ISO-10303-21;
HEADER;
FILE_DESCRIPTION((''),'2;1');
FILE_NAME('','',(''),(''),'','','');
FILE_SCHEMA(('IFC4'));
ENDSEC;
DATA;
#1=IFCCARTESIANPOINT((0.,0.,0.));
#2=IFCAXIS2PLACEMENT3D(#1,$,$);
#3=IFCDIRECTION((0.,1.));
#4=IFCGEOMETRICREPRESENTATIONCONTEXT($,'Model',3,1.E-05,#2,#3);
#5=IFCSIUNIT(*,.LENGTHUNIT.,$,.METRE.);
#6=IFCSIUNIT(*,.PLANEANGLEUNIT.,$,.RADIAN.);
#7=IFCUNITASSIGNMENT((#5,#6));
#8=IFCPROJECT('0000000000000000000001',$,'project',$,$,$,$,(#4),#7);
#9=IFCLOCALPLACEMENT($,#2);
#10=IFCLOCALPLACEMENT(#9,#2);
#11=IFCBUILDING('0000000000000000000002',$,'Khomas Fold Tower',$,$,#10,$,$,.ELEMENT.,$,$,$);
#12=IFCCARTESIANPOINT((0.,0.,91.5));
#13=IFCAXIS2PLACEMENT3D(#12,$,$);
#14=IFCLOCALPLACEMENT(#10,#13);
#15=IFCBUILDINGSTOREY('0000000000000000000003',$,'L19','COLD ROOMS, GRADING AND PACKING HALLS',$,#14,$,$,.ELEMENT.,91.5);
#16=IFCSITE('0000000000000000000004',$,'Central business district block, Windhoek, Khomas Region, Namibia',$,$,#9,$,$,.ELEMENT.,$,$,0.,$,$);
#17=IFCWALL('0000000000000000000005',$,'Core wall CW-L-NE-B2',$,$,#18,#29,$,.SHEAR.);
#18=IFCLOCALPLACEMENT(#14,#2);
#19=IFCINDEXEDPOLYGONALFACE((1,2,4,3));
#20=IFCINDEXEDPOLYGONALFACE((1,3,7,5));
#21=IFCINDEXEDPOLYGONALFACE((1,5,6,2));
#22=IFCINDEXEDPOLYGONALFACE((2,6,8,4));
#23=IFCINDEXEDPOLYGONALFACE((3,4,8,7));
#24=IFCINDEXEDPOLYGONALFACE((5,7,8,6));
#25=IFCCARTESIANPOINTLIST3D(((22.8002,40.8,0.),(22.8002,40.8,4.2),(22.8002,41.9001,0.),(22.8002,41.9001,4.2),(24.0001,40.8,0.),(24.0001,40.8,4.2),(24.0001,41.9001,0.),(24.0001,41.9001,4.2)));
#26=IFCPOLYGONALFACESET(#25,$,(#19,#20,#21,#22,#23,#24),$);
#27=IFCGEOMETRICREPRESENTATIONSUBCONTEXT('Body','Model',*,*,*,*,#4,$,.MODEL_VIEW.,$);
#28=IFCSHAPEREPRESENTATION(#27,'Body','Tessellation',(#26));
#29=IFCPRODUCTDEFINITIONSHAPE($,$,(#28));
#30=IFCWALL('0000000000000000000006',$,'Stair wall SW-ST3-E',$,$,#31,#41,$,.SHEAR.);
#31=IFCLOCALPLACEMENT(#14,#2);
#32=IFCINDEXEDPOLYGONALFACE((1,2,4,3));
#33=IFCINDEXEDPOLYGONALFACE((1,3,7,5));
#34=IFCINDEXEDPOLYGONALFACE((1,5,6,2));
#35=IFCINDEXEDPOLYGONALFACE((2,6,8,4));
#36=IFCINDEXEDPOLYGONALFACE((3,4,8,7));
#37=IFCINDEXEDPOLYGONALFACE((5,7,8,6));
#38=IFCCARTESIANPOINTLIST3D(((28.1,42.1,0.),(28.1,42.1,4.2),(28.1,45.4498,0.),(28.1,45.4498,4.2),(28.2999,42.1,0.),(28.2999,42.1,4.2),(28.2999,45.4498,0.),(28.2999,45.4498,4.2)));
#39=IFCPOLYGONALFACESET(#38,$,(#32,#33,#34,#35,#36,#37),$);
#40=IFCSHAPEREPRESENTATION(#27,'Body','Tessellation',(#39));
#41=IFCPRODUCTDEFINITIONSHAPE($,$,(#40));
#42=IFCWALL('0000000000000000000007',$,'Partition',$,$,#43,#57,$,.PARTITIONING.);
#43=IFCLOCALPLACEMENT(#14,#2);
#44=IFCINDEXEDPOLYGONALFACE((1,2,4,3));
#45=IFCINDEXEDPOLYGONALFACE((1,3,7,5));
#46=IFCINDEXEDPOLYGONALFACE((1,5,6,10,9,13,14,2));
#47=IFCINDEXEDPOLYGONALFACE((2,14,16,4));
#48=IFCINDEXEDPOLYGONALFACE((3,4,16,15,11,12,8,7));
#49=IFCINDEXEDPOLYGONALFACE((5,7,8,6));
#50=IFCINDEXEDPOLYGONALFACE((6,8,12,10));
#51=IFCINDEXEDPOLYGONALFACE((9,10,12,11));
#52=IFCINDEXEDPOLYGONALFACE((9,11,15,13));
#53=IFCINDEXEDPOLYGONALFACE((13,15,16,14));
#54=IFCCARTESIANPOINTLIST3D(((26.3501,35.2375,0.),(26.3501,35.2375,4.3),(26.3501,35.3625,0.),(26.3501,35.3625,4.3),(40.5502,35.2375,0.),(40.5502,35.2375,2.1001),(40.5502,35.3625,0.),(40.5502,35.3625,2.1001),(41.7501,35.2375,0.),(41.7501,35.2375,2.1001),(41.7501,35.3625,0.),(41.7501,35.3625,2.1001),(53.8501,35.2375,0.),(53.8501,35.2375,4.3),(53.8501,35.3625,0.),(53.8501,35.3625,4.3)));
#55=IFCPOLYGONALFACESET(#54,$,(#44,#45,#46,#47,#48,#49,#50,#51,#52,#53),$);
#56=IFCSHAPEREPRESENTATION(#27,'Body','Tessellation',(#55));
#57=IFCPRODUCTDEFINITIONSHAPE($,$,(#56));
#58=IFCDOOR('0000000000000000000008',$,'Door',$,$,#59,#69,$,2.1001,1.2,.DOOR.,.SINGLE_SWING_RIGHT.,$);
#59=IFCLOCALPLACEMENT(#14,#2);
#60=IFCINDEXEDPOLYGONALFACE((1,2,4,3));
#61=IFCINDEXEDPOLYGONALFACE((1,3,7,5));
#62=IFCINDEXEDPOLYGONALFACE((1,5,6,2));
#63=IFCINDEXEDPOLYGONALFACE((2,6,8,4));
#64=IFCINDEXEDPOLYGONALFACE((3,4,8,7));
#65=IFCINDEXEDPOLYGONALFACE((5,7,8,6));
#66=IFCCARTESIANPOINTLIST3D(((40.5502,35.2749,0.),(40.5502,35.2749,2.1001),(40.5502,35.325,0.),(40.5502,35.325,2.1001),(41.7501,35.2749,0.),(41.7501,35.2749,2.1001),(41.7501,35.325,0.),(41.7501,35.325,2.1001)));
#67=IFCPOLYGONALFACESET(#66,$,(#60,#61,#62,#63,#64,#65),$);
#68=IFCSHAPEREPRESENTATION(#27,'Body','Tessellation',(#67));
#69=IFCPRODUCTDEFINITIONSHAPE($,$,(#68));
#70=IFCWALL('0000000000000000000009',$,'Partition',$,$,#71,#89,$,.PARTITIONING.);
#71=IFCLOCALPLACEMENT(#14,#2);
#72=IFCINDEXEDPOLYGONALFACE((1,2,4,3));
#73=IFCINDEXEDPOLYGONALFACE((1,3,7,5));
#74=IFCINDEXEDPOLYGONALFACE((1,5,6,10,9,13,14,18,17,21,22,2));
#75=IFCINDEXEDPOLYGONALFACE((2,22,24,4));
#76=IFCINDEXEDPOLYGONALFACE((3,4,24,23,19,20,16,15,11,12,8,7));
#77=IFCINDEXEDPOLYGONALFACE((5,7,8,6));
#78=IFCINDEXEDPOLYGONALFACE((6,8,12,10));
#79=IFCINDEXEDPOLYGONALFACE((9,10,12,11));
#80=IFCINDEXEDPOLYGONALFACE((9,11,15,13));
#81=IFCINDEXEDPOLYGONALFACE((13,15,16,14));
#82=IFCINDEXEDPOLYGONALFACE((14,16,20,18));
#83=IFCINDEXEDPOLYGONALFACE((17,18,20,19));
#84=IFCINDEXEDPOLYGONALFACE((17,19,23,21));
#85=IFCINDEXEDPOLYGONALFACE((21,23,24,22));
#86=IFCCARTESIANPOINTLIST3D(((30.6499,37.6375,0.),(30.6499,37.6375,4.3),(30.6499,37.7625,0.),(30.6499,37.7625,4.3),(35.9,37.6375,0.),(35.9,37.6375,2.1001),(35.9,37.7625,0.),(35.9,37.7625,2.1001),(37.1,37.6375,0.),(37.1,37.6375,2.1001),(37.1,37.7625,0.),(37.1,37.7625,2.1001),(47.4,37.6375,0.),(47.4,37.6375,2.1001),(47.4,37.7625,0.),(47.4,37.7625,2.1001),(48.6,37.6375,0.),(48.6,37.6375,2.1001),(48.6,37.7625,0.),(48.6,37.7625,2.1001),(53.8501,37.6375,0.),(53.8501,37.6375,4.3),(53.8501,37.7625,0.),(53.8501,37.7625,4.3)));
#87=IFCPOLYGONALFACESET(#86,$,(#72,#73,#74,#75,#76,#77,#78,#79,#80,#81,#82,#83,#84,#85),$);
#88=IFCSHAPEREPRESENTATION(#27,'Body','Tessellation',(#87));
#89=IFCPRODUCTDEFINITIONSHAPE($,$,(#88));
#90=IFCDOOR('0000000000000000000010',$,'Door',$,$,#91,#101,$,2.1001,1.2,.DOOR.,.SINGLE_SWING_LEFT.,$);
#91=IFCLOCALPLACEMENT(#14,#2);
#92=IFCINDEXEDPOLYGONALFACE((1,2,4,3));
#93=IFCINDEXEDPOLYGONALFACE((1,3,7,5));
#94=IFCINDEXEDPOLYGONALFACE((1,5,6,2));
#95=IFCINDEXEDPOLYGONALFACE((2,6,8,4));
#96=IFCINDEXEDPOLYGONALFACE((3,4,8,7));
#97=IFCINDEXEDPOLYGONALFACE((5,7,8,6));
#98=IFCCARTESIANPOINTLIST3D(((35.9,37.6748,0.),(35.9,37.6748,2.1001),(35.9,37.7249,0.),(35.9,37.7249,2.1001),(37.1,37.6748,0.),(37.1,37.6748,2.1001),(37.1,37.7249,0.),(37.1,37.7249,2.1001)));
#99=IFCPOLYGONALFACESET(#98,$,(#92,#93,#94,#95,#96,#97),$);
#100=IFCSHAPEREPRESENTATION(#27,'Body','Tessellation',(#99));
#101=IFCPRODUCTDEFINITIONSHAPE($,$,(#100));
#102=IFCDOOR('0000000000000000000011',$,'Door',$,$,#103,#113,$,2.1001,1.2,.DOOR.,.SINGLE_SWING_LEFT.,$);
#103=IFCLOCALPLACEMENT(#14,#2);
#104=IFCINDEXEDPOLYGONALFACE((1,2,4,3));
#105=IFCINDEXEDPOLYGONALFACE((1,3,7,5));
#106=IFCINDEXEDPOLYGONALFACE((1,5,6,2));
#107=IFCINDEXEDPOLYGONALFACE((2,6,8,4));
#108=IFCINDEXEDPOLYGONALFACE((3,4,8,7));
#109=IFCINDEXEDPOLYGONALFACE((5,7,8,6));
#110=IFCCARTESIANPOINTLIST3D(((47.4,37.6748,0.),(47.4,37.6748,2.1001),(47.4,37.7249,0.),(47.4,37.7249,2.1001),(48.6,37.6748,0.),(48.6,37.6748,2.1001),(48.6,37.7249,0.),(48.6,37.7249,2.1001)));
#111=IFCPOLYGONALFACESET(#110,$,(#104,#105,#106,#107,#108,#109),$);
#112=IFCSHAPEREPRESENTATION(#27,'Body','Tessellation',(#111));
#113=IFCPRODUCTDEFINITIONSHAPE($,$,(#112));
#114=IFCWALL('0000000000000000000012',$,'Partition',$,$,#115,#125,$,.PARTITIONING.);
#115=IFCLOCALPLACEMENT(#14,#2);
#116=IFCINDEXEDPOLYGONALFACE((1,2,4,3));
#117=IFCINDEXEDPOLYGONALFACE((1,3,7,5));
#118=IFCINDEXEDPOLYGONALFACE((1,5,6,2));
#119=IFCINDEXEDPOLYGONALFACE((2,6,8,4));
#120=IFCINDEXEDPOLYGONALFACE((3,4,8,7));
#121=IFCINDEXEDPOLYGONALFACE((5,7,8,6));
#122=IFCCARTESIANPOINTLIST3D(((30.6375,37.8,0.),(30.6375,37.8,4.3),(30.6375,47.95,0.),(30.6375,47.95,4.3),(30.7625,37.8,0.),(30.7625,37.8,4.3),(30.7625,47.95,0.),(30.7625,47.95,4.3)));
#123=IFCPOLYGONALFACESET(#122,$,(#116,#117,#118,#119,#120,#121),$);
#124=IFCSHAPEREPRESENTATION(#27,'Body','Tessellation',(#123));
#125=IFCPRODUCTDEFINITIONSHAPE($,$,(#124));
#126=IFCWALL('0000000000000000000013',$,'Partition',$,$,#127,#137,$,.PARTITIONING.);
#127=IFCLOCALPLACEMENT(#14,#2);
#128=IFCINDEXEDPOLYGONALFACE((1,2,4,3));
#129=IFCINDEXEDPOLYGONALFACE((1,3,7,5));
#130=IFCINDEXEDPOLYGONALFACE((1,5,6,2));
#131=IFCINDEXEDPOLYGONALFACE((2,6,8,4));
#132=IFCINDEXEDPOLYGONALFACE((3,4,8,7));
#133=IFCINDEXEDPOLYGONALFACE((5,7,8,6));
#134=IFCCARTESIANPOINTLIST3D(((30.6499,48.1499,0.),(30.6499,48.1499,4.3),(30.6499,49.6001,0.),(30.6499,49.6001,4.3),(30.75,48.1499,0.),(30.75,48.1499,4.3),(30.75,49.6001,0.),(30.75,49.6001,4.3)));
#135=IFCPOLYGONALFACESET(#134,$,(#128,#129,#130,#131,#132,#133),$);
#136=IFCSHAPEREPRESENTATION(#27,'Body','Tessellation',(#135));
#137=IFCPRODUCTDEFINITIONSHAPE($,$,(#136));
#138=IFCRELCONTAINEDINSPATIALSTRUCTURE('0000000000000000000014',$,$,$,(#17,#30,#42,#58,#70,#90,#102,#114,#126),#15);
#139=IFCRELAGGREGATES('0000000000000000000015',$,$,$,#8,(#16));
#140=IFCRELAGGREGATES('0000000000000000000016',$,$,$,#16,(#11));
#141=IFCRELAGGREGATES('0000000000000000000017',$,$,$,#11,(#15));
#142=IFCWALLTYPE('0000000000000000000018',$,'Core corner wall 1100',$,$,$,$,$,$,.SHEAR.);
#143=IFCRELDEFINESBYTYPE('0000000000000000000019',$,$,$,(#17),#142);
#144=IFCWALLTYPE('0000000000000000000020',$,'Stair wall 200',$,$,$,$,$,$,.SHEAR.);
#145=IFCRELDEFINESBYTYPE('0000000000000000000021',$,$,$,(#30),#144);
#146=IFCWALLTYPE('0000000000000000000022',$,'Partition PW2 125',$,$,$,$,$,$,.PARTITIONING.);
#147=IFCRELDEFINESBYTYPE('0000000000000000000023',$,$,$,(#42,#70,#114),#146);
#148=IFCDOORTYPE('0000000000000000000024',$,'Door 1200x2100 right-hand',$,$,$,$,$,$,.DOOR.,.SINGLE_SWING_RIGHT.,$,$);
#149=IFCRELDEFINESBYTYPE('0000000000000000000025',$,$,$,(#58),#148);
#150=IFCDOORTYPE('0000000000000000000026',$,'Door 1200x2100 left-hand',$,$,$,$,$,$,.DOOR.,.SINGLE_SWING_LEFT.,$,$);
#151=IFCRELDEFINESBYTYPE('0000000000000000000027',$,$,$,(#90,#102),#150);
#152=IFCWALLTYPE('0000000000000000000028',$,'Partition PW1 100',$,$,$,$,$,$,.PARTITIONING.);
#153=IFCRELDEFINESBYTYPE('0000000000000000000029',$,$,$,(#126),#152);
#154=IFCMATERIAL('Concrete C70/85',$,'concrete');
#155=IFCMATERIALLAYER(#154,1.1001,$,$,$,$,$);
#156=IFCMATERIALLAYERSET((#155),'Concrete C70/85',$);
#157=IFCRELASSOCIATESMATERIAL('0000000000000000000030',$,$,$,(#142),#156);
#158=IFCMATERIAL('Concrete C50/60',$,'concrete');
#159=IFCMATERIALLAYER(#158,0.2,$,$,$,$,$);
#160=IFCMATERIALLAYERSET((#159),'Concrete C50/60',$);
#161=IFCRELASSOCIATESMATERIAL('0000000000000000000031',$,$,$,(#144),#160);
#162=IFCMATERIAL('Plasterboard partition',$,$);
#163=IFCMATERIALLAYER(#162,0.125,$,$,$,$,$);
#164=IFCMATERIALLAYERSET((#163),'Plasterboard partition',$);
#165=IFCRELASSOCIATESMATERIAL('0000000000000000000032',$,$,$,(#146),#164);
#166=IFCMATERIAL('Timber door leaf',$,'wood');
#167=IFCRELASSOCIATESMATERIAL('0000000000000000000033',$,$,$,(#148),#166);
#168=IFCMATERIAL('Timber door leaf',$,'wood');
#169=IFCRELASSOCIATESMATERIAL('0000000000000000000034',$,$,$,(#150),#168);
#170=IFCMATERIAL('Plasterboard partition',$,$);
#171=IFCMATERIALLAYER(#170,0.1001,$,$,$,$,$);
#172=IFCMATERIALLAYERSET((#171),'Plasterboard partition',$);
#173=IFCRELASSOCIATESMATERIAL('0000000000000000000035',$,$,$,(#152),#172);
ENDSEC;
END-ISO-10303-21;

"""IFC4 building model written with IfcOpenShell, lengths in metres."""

from ifc_helpers import new_model, si_unit, direction, frame, frame_2d, origin, place, context, subcontext, project, spatial, rectangle, extrude, source, transform, mapped, material, layer, layer_set, type_object, element, fill, save


model = new_model("IFC4")

# Units and contexts
model_context = context("Model", 3, precision=1e-05, world=origin(), true_north=direction((0.0, 1.0)))
body_context = subcontext(model_context, "Body", "Model", "MODEL_VIEW")
ifc_project = project(units=[si_unit("LENGTHUNIT", "METRE"), si_unit("PLANEANGLEUNIT", "RADIAN")], contexts=[model_context])

# Site, building, storey
site_placement = place(None, origin())
site = spatial("IfcSite", under=ifc_project, at=site_placement, Name="Central business district block, Windhoek, Khomas Region, Namibia", CompositionType="ELEMENT", RefElevation=0.0)
building_placement = place(site_placement, origin())
building = spatial("IfcBuilding", under=site, at=building_placement, Name="Khomas Fold Tower", CompositionType="ELEMENT")
storey_placement = place(building_placement, frame((0.0, 0.0, 91.5)))
storey = spatial("IfcBuildingStorey", under=building, at=storey_placement, Name="L19", Description="COLD ROOMS, GRADING AND PACKING HALLS", CompositionType="ELEMENT", Elevation=91.5)

# Walls
ifc_material_1 = material(Name="Concrete C70/85", Category="concrete")
ifc_layer_1 = layer(ifc_material_1, 1.1001)
ifc_layer_set_1 = layer_set([ifc_layer_1], Name="Concrete C70/85")
wall_type_1 = type_object("IfcWallType", Name="Core corner wall 1100", PredefinedType="SHEAR", material=ifc_layer_set_1)
shared_shape_1 = source(origin(), body_context, "Body", "SweptSolid", [
    extrude(rectangle(XDim=1.2, YDim=1.1001, at=frame_2d((0.6001, 0.0))), origin(), (0.0, 0.0, 1.0), 4.2),
])
wall_1_placement = place(storey_placement, frame((22.8, 41.3501, 0.0), z_axis=(0.0, 0.0, 1.0), x_axis=(1.0, 0.0, 0.0)))
element("IfcWall", 1, at=wall_1_placement, inside=storey, type_object=wall_type_1, Name="Core wall CW-L-NE-B2", PredefinedType="SHEAR", context=body_context, shape_type="MappedRepresentation", body=[
    mapped(shared_shape_1, transform((0.0, 0.0, 0.0))),
])
ifc_material_2 = material(Name="Concrete C50/60", Category="concrete")
ifc_layer_2 = layer(ifc_material_2, 0.2)
ifc_layer_set_2 = layer_set([ifc_layer_2], Name="Concrete C50/60")
wall_type_2 = type_object("IfcWallType", Name="Stair wall 200", PredefinedType="SHEAR", material=ifc_layer_set_2)
shared_shape_2 = source(origin(), body_context, "Body", "SweptSolid", [
    extrude(rectangle(XDim=3.3499, YDim=0.2, at=frame_2d((1.6748, 0.0))), origin(), (0.0, 0.0, 1.0), 4.2),
])
wall_2_placement = place(storey_placement, frame((28.2, 42.1001, 0.0), z_axis=(0.0, 0.0, 1.0), x_axis=(0.0, 1.0, 0.0)))
element("IfcWall", 2, at=wall_2_placement, inside=storey, type_object=wall_type_2, Name="Stair wall SW-ST3-E", PredefinedType="SHEAR", context=body_context, shape_type="MappedRepresentation", body=[
    mapped(shared_shape_2, transform((0.0, 0.0, 0.0))),
])

# Wall, opening, door
ifc_material_3 = material(Name="Plasterboard partition")
ifc_layer_3 = layer(ifc_material_3, 0.125)
ifc_layer_set_3 = layer_set([ifc_layer_3], Name="Plasterboard partition")
wall_type_3 = type_object("IfcWallType", Name="Partition PW2 125", PredefinedType="PARTITIONING", material=ifc_layer_set_3)
shared_shape_3 = source(origin(), body_context, "Body", "SweptSolid", [
    extrude(rectangle(XDim=27.5, YDim=0.125, at=frame_2d((13.75, 0.0))), origin(), (0.0, 0.0, 1.0), 4.3),
])
wall_3_placement = place(storey_placement, frame((26.3501, 35.3, 0.0), z_axis=(0.0, 0.0, 1.0), x_axis=(1.0, 0.0, 0.0)))
wall_3 = element("IfcWall", 3, at=wall_3_placement, inside=storey, type_object=wall_type_3, Name="Partition", PredefinedType="PARTITIONING", context=body_context, shape_type="MappedRepresentation", body=[
    mapped(shared_shape_3, transform((0.0, 0.0, 0.0))),
])
shared_shape_4 = source(origin(), body_context, "Body", "SweptSolid", [
    extrude(rectangle(XDim=1.2, YDim=2.1001, at=frame_2d((0.6001, 1.05))), frame((0.0, 0.0725, 0.0), z_axis=(0.0, -1.0, 0.0), x_axis=(1.0, 0.0, 0.0)), (0.0, 0.0, 1.0), 0.145),
])
opening_1_placement = place(wall_3_placement, frame((14.2, 0.0, 0.0)))
opening_1 = element("IfcOpeningElement", 4, at=opening_1_placement, cuts=wall_3, PredefinedType="OPENING", context=body_context, shape_type="MappedRepresentation", body=[
    mapped(shared_shape_4, transform((0.0, 0.0, 0.0))),
])
ifc_material_4 = material(Name="Timber door leaf", Category="wood")
door_type_1 = type_object("IfcDoorType", Name="Door 1200x2100 right-hand", OperationType="SINGLE_SWING_RIGHT", PredefinedType="DOOR", material=ifc_material_4)
shared_shape_5 = source(origin(), body_context, "Body", "SweptSolid", [
    extrude(rectangle(XDim=1.2, YDim=2.1001, at=frame_2d((0.6001, 1.05))), frame((0.0, 0.0249, 0.0), z_axis=(0.0, -1.0, 0.0), x_axis=(1.0, 0.0, 0.0)), (0.0, 0.0, 1.0), 0.05),
])
door_1_placement = place(opening_1_placement, origin())
door_1 = element("IfcDoor", 5, at=door_1_placement, inside=storey, type_object=door_type_1, Name="Door", OperationType="SINGLE_SWING_RIGHT", OverallHeight=2.1001, OverallWidth=1.2, PredefinedType="DOOR", context=body_context, shape_type="MappedRepresentation", body=[
    mapped(shared_shape_5, transform((0.0, 0.0, 0.0))),
])
fill(opening_1, door_1)

# Wall, openings, doors
shared_shape_6 = source(origin(), body_context, "Body", "SweptSolid", [
    extrude(rectangle(XDim=23.2002, YDim=0.125, at=frame_2d((11.6001, 0.0))), origin(), (0.0, 0.0, 1.0), 4.3),
])
wall_4_placement = place(storey_placement, frame((30.6499, 37.7, 0.0), z_axis=(0.0, 0.0, 1.0), x_axis=(1.0, 0.0, 0.0)))
wall_4 = element("IfcWall", 6, at=wall_4_placement, inside=storey, type_object=wall_type_3, Name="Partition", PredefinedType="PARTITIONING", context=body_context, shape_type="MappedRepresentation", body=[
    mapped(shared_shape_6, transform((0.0, 0.0, 0.0))),
])
opening_2_placement = place(wall_4_placement, frame((5.25, 0.0, 0.0)))
opening_2 = element("IfcOpeningElement", 7, at=opening_2_placement, cuts=wall_4, PredefinedType="OPENING", context=body_context, shape_type="MappedRepresentation", body=[
    mapped(shared_shape_4, transform((0.0, 0.0, 0.0))),
])
opening_3_placement = place(wall_4_placement, frame((16.75, 0.0, 0.0)))
opening_3 = element("IfcOpeningElement", 8, at=opening_3_placement, cuts=wall_4, PredefinedType="OPENING", context=body_context, shape_type="MappedRepresentation", body=[
    mapped(shared_shape_4, transform((0.0, 0.0, 0.0))),
])
ifc_material_5 = material(Name="Timber door leaf", Category="wood")
door_type_2 = type_object("IfcDoorType", Name="Door 1200x2100 left-hand", OperationType="SINGLE_SWING_LEFT", PredefinedType="DOOR", material=ifc_material_5)
door_2_placement = place(opening_2_placement, origin())
door_2 = element("IfcDoor", 9, at=door_2_placement, inside=storey, type_object=door_type_2, Name="Door", OperationType="SINGLE_SWING_LEFT", OverallHeight=2.1001, OverallWidth=1.2, PredefinedType="DOOR", context=body_context, shape_type="MappedRepresentation", body=[
    mapped(shared_shape_5, transform((0.0, 0.0, 0.0))),
])
fill(opening_2, door_2)
door_3_placement = place(opening_3_placement, origin())
door_3 = element("IfcDoor", 10, at=door_3_placement, inside=storey, type_object=door_type_2, Name="Door", OperationType="SINGLE_SWING_LEFT", OverallHeight=2.1001, OverallWidth=1.2, PredefinedType="DOOR", context=body_context, shape_type="MappedRepresentation", body=[
    mapped(shared_shape_5, transform((0.0, 0.0, 0.0))),
])
fill(opening_3, door_3)

# Walls
shared_shape_7 = source(origin(), body_context, "Body", "SweptSolid", [
    extrude(rectangle(XDim=10.1499, YDim=0.125, at=frame_2d((5.075, 0.0))), origin(), (0.0, 0.0, 1.0), 4.3),
])
wall_5_placement = place(storey_placement, frame((30.7, 37.8, 0.0), z_axis=(0.0, 0.0, 1.0), x_axis=(0.0, 1.0, 0.0)))
element("IfcWall", 11, at=wall_5_placement, inside=storey, type_object=wall_type_3, Name="Partition", PredefinedType="PARTITIONING", context=body_context, shape_type="MappedRepresentation", body=[
    mapped(shared_shape_7, transform((0.0, 0.0, 0.0))),
])
ifc_material_6 = material(Name="Plasterboard partition")
ifc_layer_4 = layer(ifc_material_6, 0.1001)
ifc_layer_set_4 = layer_set([ifc_layer_4], Name="Plasterboard partition")
wall_type_4 = type_object("IfcWallType", Name="Partition PW1 100", PredefinedType="PARTITIONING", material=ifc_layer_set_4)
shared_shape_8 = source(origin(), body_context, "Body", "SweptSolid", [
    extrude(rectangle(XDim=1.4502, YDim=0.1001, at=frame_2d((0.7251, 0.0))), origin(), (0.0, 0.0, 1.0), 4.3),
])
wall_6_placement = place(storey_placement, frame((30.7, 48.1499, 0.0), z_axis=(0.0, 0.0, 1.0), x_axis=(0.0, 1.0, 0.0)))
element("IfcWall", 12, at=wall_6_placement, inside=storey, type_object=wall_type_4, Name="Partition", PredefinedType="PARTITIONING", context=body_context, shape_type="MappedRepresentation", body=[
    mapped(shared_shape_8, transform((0.0, 0.0, 0.0))),
])

save(model, "model.ifc")
